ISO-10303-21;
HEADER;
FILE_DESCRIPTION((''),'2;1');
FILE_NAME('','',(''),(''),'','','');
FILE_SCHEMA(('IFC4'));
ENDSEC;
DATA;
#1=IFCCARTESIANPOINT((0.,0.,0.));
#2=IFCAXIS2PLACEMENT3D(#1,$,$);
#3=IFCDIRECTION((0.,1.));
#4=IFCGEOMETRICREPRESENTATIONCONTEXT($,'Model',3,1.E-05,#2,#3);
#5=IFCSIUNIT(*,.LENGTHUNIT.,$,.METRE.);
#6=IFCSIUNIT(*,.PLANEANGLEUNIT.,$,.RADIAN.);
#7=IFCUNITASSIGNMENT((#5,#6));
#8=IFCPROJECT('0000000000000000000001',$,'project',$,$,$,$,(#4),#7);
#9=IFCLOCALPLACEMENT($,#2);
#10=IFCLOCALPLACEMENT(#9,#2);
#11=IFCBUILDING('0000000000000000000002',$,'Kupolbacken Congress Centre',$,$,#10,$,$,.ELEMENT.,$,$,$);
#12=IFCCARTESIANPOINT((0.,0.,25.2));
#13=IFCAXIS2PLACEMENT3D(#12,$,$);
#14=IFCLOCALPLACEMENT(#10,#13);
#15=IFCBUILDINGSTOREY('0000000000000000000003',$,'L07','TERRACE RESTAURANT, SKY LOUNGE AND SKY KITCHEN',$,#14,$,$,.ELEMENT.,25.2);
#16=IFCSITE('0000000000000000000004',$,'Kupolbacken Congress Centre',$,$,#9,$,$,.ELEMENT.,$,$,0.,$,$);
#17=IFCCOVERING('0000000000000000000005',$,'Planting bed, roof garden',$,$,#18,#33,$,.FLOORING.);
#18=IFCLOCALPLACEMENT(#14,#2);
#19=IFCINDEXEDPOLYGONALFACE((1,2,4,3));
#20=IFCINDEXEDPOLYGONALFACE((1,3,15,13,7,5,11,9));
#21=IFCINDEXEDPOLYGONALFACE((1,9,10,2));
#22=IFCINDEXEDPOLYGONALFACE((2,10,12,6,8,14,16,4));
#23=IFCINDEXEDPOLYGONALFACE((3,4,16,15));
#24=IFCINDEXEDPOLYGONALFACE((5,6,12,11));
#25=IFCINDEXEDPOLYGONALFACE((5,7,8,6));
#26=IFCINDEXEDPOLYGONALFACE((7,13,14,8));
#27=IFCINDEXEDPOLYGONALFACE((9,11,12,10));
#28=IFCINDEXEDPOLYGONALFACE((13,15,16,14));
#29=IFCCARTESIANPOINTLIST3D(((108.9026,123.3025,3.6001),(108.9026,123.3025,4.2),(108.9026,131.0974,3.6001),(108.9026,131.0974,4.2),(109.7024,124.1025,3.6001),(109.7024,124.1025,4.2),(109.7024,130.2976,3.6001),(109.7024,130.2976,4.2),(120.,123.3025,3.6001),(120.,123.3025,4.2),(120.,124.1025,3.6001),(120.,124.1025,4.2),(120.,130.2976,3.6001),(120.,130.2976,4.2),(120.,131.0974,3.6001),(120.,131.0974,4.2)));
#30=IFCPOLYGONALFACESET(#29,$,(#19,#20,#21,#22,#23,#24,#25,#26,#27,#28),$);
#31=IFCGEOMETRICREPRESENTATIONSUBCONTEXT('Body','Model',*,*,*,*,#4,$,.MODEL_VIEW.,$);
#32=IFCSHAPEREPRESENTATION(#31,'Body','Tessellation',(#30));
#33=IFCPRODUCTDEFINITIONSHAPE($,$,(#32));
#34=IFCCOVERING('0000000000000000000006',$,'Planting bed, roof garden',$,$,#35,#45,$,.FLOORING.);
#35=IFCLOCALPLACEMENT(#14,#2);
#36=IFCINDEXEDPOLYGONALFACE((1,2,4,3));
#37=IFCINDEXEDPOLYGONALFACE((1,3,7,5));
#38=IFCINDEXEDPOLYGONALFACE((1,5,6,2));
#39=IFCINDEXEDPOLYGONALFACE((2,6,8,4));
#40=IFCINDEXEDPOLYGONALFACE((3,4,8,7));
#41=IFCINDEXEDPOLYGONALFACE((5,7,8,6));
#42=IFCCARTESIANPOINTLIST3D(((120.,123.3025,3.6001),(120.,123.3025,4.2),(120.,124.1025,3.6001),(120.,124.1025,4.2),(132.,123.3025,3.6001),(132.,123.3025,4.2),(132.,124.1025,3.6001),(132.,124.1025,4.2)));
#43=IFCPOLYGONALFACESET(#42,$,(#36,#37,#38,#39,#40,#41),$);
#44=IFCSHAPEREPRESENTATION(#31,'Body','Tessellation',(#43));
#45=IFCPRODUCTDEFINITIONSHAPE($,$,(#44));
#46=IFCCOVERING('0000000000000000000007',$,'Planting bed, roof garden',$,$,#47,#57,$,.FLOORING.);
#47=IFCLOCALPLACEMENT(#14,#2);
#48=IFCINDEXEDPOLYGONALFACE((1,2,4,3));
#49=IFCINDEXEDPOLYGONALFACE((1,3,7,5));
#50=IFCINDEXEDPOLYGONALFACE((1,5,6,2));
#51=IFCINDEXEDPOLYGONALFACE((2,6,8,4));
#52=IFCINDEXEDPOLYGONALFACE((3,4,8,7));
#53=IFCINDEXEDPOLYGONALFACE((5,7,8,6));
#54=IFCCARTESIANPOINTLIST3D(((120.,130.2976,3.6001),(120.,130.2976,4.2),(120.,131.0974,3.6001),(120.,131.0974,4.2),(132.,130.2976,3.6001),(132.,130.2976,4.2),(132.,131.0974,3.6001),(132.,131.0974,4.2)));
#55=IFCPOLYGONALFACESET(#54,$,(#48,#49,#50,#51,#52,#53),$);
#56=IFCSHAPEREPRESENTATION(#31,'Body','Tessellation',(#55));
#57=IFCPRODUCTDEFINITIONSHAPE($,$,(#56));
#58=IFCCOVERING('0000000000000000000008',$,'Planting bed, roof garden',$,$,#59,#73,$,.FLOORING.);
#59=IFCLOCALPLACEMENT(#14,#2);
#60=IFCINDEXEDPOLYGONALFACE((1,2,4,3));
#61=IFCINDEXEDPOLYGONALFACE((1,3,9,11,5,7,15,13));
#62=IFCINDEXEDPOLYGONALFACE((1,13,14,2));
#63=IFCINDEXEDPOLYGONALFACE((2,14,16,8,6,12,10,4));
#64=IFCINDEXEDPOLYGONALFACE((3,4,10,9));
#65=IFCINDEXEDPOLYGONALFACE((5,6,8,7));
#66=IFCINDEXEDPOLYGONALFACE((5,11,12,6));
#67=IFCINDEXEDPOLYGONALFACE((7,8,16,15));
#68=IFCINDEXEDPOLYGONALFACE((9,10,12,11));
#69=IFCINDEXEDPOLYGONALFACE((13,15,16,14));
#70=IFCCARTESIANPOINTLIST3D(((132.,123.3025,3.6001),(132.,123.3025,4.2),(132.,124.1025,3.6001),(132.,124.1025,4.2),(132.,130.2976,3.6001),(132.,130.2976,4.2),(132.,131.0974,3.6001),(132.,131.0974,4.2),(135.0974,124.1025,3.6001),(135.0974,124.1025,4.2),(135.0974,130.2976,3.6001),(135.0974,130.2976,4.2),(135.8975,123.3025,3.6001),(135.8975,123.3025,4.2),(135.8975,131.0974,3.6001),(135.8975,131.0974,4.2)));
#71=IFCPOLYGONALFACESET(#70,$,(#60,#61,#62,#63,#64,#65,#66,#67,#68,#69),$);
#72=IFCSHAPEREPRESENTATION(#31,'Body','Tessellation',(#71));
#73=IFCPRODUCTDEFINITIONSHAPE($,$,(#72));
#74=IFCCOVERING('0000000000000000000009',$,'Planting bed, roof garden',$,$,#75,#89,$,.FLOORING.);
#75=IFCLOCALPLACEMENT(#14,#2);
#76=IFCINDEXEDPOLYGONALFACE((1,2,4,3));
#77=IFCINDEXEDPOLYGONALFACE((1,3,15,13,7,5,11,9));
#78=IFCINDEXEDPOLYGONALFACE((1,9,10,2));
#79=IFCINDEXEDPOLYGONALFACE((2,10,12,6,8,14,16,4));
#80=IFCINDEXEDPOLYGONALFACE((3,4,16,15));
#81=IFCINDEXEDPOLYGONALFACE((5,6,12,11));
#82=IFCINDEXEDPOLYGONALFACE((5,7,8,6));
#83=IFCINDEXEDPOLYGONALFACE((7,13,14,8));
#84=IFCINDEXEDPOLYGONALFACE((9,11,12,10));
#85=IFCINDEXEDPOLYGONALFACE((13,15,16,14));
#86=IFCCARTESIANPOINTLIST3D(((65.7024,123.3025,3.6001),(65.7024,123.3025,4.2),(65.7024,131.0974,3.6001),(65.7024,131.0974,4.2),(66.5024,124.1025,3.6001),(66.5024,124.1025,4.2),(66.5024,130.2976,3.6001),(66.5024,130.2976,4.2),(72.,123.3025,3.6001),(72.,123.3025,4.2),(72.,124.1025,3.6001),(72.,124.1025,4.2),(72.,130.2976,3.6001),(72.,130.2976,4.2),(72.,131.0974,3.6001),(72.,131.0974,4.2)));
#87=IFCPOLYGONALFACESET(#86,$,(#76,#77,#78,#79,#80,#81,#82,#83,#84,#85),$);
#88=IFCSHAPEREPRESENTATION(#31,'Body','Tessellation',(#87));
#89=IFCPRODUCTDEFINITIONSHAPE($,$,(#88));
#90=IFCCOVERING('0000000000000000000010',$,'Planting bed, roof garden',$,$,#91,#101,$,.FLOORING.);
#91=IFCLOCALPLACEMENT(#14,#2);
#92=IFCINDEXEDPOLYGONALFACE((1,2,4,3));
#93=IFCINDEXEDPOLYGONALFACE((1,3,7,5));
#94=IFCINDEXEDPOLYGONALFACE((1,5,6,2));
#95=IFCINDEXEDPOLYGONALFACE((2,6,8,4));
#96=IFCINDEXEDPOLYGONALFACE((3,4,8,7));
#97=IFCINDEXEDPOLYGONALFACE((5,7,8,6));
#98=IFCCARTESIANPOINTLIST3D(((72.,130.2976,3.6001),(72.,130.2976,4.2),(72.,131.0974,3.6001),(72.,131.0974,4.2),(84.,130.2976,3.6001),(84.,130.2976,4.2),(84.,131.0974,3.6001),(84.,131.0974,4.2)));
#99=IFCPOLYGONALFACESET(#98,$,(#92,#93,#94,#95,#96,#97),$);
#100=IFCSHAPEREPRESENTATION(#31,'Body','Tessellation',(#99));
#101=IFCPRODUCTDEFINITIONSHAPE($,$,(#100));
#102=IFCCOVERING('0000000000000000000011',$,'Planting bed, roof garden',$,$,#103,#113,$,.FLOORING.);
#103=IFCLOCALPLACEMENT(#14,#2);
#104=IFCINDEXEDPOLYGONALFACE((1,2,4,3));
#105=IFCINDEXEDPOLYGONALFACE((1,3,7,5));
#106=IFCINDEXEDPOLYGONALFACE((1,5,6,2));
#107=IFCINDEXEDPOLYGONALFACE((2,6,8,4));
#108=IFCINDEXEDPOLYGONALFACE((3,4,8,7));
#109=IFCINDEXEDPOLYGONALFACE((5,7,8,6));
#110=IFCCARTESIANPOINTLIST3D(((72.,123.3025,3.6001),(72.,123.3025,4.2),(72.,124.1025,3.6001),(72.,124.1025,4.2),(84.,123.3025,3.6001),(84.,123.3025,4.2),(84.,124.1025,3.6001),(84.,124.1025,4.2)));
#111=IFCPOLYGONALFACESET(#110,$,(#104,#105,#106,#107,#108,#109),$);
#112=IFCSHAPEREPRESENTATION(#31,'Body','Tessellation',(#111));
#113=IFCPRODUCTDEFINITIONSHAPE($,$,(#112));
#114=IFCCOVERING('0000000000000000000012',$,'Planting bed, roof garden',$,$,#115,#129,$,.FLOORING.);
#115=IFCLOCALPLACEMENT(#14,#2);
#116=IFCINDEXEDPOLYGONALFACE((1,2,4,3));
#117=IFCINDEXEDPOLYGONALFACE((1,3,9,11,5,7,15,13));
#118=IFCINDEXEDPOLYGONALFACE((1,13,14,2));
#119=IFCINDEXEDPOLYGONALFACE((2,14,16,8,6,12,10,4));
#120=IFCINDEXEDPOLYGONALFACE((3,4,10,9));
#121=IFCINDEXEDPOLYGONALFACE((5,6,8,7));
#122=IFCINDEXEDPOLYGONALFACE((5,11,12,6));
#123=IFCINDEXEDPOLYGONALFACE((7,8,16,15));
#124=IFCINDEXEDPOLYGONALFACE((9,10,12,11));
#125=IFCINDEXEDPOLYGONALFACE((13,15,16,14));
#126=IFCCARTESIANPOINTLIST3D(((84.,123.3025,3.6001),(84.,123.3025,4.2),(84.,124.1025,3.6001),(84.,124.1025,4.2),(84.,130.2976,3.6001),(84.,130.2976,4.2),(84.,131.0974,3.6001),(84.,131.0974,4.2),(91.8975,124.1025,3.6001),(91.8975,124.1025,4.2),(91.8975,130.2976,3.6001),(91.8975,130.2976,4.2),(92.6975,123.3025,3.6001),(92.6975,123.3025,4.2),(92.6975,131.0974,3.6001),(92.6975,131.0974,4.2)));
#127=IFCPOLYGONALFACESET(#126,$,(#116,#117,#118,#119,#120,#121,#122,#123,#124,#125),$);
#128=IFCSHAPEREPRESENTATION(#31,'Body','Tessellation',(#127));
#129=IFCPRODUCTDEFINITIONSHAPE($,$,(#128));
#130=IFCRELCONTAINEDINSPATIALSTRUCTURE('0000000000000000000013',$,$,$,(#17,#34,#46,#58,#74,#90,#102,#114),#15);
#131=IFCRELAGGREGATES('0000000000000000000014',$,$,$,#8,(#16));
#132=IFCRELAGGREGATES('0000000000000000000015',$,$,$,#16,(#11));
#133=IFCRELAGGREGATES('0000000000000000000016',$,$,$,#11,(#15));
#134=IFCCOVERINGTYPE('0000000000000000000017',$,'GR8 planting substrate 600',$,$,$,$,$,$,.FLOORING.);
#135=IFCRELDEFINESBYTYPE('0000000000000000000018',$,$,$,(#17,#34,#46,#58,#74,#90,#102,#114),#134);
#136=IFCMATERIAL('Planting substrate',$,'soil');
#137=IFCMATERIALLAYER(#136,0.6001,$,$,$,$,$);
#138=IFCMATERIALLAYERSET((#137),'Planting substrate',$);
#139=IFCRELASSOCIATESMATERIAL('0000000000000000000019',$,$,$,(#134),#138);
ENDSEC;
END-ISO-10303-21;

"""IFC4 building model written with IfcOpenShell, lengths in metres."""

from ifc_helpers import new_model, si_unit, direction, frame, origin, place, context, subcontext, project, spatial, polyline, outline, extrude, material, layer, layer_set, type_object, element, save


model = new_model("IFC4")

# Units and contexts
model_context = context("Model", 3, precision=1e-05, world=origin(), true_north=direction((0.0, 1.0)))
body_context = subcontext(model_context, "Body", "Model", "MODEL_VIEW")
ifc_project = project(units=[si_unit("LENGTHUNIT", "METRE"), si_unit("PLANEANGLEUNIT", "RADIAN")], contexts=[model_context])

# Site, building, storey
site_placement = place(None, origin())
site = spatial("IfcSite", under=ifc_project, at=site_placement, Name="Kupolbacken Congress Centre", CompositionType="ELEMENT", RefElevation=0.0)
building_placement = place(site_placement, origin())
building = spatial("IfcBuilding", under=site, at=building_placement, Name="Kupolbacken Congress Centre", CompositionType="ELEMENT")
storey_placement = place(building_placement, frame((0.0, 0.0, 25.2)))
storey = spatial("IfcBuildingStorey", under=building, at=storey_placement, Name="L07", Description="TERRACE RESTAURANT, SKY LOUNGE AND SKY KITCHEN", CompositionType="ELEMENT", Elevation=25.2)

# Coverings
ifc_material_1 = material(Name="Planting substrate", Category="soil")
ifc_layer_1 = layer(ifc_material_1, 0.6001)
ifc_layer_set_1 = layer_set([ifc_layer_1], Name="Planting substrate")
covering_type_1 = type_object("IfcCoveringType", Name="GR8 planting substrate 600", PredefinedType="FLOORING", material=ifc_layer_set_1)
covering_1_placement = place(storey_placement, frame((0.0, 0.0, 3.6001)))
element("IfcCovering", 1, at=covering_1_placement, inside=storey, type_object=covering_type_1, Name="Planting bed, roof garden", PredefinedType="FLOORING", context=body_context, shape_type="SweptSolid", body=[
    extrude(outline(polyline([(108.9026, 123.3025), (108.9026, 131.0974), (120.0, 131.0974), (120.0, 130.2976), (109.7024, 130.2976), (109.7024, 124.1025), (120.0, 124.1025), (120.0, 123.3025), (108.9026, 123.3025)])), origin(), (0.0, 0.0, 1.0), 0.5999),
])
covering_2_placement = place(storey_placement, frame((0.0, 0.0, 3.6001)))
element("IfcCovering", 2, at=covering_2_placement, inside=storey, type_object=covering_type_1, Name="Planting bed, roof garden", PredefinedType="FLOORING", context=body_context, shape_type="SweptSolid", body=[
    extrude(outline(polyline([(120.0, 123.3025), (120.0, 124.1025), (132.0, 124.1025), (132.0, 123.3025), (120.0, 123.3025)])), origin(), (0.0, 0.0, 1.0), 0.5999),
])
covering_3_placement = place(storey_placement, frame((0.0, 0.0, 3.6001)))
element("IfcCovering", 3, at=covering_3_placement, inside=storey, type_object=covering_type_1, Name="Planting bed, roof garden", PredefinedType="FLOORING", context=body_context, shape_type="SweptSolid", body=[
    extrude(outline(polyline([(132.0, 131.0974), (132.0, 130.2976), (120.0, 130.2976), (120.0, 131.0974), (132.0, 131.0974)])), origin(), (0.0, 0.0, 1.0), 0.5999),
])
covering_4_placement = place(storey_placement, frame((0.0, 0.0, 3.6001)))
element("IfcCovering", 4, at=covering_4_placement, inside=storey, type_object=covering_type_1, Name="Planting bed, roof garden", PredefinedType="FLOORING", context=body_context, shape_type="SweptSolid", body=[
    extrude(outline(polyline([(132.0, 123.3025), (132.0, 124.1025), (135.0974, 124.1025), (135.0974, 130.2976), (132.0, 130.2976), (132.0, 131.0974), (135.8975, 131.0974), (135.8975, 123.3025), (132.0, 123.3025)])), origin(), (0.0, 0.0, 1.0), 0.5999),
])
covering_5_placement = place(storey_placement, frame((0.0, 0.0, 3.6001)))
element("IfcCovering", 5, at=covering_5_placement, inside=storey, type_object=covering_type_1, Name="Planting bed, roof garden", PredefinedType="FLOORING", context=body_context, shape_type="SweptSolid", body=[
    extrude(outline(polyline([(72.0, 131.0974), (72.0, 130.2976), (66.5024, 130.2976), (66.5024, 124.1025), (72.0, 124.1025), (72.0, 123.3025), (65.7024, 123.3025), (65.7024, 131.0974), (72.0, 131.0974)])), origin(), (0.0, 0.0, 1.0), 0.5999),
])
covering_6_placement = place(storey_placement, frame((0.0, 0.0, 3.6001)))
element("IfcCovering", 6, at=covering_6_placement, inside=storey, type_object=covering_type_1, Name="Planting bed, roof garden", PredefinedType="FLOORING", context=body_context, shape_type="SweptSolid", body=[
    extrude(outline(polyline([(84.0, 131.0974), (84.0, 130.2976), (72.0, 130.2976), (72.0, 131.0974), (84.0, 131.0974)])), origin(), (0.0, 0.0, 1.0), 0.5999),
])
covering_7_placement = place(storey_placement, frame((0.0, 0.0, 3.6001)))
element("IfcCovering", 7, at=covering_7_placement, inside=storey, type_object=covering_type_1, Name="Planting bed, roof garden", PredefinedType="FLOORING", context=body_context, shape_type="SweptSolid", body=[
    extrude(outline(polyline([(72.0, 123.3025), (72.0, 124.1025), (84.0, 124.1025), (84.0, 123.3025), (72.0, 123.3025)])), origin(), (0.0, 0.0, 1.0), 0.5999),
])
covering_8_placement = place(storey_placement, frame((0.0, 0.0, 3.6001)))
element("IfcCovering", 8, at=covering_8_placement, inside=storey, type_object=covering_type_1, Name="Planting bed, roof garden", PredefinedType="FLOORING", context=body_context, shape_type="SweptSolid", body=[
    extrude(outline(polyline([(92.6975, 131.0974), (92.6975, 123.3025), (84.0, 123.3025), (84.0, 124.1025), (91.8975, 124.1025), (91.8975, 130.2976), (84.0, 130.2976), (84.0, 131.0974), (92.6975, 131.0974)])), origin(), (0.0, 0.0, 1.0), 0.5999),
])

save(model, "model.ifc")
